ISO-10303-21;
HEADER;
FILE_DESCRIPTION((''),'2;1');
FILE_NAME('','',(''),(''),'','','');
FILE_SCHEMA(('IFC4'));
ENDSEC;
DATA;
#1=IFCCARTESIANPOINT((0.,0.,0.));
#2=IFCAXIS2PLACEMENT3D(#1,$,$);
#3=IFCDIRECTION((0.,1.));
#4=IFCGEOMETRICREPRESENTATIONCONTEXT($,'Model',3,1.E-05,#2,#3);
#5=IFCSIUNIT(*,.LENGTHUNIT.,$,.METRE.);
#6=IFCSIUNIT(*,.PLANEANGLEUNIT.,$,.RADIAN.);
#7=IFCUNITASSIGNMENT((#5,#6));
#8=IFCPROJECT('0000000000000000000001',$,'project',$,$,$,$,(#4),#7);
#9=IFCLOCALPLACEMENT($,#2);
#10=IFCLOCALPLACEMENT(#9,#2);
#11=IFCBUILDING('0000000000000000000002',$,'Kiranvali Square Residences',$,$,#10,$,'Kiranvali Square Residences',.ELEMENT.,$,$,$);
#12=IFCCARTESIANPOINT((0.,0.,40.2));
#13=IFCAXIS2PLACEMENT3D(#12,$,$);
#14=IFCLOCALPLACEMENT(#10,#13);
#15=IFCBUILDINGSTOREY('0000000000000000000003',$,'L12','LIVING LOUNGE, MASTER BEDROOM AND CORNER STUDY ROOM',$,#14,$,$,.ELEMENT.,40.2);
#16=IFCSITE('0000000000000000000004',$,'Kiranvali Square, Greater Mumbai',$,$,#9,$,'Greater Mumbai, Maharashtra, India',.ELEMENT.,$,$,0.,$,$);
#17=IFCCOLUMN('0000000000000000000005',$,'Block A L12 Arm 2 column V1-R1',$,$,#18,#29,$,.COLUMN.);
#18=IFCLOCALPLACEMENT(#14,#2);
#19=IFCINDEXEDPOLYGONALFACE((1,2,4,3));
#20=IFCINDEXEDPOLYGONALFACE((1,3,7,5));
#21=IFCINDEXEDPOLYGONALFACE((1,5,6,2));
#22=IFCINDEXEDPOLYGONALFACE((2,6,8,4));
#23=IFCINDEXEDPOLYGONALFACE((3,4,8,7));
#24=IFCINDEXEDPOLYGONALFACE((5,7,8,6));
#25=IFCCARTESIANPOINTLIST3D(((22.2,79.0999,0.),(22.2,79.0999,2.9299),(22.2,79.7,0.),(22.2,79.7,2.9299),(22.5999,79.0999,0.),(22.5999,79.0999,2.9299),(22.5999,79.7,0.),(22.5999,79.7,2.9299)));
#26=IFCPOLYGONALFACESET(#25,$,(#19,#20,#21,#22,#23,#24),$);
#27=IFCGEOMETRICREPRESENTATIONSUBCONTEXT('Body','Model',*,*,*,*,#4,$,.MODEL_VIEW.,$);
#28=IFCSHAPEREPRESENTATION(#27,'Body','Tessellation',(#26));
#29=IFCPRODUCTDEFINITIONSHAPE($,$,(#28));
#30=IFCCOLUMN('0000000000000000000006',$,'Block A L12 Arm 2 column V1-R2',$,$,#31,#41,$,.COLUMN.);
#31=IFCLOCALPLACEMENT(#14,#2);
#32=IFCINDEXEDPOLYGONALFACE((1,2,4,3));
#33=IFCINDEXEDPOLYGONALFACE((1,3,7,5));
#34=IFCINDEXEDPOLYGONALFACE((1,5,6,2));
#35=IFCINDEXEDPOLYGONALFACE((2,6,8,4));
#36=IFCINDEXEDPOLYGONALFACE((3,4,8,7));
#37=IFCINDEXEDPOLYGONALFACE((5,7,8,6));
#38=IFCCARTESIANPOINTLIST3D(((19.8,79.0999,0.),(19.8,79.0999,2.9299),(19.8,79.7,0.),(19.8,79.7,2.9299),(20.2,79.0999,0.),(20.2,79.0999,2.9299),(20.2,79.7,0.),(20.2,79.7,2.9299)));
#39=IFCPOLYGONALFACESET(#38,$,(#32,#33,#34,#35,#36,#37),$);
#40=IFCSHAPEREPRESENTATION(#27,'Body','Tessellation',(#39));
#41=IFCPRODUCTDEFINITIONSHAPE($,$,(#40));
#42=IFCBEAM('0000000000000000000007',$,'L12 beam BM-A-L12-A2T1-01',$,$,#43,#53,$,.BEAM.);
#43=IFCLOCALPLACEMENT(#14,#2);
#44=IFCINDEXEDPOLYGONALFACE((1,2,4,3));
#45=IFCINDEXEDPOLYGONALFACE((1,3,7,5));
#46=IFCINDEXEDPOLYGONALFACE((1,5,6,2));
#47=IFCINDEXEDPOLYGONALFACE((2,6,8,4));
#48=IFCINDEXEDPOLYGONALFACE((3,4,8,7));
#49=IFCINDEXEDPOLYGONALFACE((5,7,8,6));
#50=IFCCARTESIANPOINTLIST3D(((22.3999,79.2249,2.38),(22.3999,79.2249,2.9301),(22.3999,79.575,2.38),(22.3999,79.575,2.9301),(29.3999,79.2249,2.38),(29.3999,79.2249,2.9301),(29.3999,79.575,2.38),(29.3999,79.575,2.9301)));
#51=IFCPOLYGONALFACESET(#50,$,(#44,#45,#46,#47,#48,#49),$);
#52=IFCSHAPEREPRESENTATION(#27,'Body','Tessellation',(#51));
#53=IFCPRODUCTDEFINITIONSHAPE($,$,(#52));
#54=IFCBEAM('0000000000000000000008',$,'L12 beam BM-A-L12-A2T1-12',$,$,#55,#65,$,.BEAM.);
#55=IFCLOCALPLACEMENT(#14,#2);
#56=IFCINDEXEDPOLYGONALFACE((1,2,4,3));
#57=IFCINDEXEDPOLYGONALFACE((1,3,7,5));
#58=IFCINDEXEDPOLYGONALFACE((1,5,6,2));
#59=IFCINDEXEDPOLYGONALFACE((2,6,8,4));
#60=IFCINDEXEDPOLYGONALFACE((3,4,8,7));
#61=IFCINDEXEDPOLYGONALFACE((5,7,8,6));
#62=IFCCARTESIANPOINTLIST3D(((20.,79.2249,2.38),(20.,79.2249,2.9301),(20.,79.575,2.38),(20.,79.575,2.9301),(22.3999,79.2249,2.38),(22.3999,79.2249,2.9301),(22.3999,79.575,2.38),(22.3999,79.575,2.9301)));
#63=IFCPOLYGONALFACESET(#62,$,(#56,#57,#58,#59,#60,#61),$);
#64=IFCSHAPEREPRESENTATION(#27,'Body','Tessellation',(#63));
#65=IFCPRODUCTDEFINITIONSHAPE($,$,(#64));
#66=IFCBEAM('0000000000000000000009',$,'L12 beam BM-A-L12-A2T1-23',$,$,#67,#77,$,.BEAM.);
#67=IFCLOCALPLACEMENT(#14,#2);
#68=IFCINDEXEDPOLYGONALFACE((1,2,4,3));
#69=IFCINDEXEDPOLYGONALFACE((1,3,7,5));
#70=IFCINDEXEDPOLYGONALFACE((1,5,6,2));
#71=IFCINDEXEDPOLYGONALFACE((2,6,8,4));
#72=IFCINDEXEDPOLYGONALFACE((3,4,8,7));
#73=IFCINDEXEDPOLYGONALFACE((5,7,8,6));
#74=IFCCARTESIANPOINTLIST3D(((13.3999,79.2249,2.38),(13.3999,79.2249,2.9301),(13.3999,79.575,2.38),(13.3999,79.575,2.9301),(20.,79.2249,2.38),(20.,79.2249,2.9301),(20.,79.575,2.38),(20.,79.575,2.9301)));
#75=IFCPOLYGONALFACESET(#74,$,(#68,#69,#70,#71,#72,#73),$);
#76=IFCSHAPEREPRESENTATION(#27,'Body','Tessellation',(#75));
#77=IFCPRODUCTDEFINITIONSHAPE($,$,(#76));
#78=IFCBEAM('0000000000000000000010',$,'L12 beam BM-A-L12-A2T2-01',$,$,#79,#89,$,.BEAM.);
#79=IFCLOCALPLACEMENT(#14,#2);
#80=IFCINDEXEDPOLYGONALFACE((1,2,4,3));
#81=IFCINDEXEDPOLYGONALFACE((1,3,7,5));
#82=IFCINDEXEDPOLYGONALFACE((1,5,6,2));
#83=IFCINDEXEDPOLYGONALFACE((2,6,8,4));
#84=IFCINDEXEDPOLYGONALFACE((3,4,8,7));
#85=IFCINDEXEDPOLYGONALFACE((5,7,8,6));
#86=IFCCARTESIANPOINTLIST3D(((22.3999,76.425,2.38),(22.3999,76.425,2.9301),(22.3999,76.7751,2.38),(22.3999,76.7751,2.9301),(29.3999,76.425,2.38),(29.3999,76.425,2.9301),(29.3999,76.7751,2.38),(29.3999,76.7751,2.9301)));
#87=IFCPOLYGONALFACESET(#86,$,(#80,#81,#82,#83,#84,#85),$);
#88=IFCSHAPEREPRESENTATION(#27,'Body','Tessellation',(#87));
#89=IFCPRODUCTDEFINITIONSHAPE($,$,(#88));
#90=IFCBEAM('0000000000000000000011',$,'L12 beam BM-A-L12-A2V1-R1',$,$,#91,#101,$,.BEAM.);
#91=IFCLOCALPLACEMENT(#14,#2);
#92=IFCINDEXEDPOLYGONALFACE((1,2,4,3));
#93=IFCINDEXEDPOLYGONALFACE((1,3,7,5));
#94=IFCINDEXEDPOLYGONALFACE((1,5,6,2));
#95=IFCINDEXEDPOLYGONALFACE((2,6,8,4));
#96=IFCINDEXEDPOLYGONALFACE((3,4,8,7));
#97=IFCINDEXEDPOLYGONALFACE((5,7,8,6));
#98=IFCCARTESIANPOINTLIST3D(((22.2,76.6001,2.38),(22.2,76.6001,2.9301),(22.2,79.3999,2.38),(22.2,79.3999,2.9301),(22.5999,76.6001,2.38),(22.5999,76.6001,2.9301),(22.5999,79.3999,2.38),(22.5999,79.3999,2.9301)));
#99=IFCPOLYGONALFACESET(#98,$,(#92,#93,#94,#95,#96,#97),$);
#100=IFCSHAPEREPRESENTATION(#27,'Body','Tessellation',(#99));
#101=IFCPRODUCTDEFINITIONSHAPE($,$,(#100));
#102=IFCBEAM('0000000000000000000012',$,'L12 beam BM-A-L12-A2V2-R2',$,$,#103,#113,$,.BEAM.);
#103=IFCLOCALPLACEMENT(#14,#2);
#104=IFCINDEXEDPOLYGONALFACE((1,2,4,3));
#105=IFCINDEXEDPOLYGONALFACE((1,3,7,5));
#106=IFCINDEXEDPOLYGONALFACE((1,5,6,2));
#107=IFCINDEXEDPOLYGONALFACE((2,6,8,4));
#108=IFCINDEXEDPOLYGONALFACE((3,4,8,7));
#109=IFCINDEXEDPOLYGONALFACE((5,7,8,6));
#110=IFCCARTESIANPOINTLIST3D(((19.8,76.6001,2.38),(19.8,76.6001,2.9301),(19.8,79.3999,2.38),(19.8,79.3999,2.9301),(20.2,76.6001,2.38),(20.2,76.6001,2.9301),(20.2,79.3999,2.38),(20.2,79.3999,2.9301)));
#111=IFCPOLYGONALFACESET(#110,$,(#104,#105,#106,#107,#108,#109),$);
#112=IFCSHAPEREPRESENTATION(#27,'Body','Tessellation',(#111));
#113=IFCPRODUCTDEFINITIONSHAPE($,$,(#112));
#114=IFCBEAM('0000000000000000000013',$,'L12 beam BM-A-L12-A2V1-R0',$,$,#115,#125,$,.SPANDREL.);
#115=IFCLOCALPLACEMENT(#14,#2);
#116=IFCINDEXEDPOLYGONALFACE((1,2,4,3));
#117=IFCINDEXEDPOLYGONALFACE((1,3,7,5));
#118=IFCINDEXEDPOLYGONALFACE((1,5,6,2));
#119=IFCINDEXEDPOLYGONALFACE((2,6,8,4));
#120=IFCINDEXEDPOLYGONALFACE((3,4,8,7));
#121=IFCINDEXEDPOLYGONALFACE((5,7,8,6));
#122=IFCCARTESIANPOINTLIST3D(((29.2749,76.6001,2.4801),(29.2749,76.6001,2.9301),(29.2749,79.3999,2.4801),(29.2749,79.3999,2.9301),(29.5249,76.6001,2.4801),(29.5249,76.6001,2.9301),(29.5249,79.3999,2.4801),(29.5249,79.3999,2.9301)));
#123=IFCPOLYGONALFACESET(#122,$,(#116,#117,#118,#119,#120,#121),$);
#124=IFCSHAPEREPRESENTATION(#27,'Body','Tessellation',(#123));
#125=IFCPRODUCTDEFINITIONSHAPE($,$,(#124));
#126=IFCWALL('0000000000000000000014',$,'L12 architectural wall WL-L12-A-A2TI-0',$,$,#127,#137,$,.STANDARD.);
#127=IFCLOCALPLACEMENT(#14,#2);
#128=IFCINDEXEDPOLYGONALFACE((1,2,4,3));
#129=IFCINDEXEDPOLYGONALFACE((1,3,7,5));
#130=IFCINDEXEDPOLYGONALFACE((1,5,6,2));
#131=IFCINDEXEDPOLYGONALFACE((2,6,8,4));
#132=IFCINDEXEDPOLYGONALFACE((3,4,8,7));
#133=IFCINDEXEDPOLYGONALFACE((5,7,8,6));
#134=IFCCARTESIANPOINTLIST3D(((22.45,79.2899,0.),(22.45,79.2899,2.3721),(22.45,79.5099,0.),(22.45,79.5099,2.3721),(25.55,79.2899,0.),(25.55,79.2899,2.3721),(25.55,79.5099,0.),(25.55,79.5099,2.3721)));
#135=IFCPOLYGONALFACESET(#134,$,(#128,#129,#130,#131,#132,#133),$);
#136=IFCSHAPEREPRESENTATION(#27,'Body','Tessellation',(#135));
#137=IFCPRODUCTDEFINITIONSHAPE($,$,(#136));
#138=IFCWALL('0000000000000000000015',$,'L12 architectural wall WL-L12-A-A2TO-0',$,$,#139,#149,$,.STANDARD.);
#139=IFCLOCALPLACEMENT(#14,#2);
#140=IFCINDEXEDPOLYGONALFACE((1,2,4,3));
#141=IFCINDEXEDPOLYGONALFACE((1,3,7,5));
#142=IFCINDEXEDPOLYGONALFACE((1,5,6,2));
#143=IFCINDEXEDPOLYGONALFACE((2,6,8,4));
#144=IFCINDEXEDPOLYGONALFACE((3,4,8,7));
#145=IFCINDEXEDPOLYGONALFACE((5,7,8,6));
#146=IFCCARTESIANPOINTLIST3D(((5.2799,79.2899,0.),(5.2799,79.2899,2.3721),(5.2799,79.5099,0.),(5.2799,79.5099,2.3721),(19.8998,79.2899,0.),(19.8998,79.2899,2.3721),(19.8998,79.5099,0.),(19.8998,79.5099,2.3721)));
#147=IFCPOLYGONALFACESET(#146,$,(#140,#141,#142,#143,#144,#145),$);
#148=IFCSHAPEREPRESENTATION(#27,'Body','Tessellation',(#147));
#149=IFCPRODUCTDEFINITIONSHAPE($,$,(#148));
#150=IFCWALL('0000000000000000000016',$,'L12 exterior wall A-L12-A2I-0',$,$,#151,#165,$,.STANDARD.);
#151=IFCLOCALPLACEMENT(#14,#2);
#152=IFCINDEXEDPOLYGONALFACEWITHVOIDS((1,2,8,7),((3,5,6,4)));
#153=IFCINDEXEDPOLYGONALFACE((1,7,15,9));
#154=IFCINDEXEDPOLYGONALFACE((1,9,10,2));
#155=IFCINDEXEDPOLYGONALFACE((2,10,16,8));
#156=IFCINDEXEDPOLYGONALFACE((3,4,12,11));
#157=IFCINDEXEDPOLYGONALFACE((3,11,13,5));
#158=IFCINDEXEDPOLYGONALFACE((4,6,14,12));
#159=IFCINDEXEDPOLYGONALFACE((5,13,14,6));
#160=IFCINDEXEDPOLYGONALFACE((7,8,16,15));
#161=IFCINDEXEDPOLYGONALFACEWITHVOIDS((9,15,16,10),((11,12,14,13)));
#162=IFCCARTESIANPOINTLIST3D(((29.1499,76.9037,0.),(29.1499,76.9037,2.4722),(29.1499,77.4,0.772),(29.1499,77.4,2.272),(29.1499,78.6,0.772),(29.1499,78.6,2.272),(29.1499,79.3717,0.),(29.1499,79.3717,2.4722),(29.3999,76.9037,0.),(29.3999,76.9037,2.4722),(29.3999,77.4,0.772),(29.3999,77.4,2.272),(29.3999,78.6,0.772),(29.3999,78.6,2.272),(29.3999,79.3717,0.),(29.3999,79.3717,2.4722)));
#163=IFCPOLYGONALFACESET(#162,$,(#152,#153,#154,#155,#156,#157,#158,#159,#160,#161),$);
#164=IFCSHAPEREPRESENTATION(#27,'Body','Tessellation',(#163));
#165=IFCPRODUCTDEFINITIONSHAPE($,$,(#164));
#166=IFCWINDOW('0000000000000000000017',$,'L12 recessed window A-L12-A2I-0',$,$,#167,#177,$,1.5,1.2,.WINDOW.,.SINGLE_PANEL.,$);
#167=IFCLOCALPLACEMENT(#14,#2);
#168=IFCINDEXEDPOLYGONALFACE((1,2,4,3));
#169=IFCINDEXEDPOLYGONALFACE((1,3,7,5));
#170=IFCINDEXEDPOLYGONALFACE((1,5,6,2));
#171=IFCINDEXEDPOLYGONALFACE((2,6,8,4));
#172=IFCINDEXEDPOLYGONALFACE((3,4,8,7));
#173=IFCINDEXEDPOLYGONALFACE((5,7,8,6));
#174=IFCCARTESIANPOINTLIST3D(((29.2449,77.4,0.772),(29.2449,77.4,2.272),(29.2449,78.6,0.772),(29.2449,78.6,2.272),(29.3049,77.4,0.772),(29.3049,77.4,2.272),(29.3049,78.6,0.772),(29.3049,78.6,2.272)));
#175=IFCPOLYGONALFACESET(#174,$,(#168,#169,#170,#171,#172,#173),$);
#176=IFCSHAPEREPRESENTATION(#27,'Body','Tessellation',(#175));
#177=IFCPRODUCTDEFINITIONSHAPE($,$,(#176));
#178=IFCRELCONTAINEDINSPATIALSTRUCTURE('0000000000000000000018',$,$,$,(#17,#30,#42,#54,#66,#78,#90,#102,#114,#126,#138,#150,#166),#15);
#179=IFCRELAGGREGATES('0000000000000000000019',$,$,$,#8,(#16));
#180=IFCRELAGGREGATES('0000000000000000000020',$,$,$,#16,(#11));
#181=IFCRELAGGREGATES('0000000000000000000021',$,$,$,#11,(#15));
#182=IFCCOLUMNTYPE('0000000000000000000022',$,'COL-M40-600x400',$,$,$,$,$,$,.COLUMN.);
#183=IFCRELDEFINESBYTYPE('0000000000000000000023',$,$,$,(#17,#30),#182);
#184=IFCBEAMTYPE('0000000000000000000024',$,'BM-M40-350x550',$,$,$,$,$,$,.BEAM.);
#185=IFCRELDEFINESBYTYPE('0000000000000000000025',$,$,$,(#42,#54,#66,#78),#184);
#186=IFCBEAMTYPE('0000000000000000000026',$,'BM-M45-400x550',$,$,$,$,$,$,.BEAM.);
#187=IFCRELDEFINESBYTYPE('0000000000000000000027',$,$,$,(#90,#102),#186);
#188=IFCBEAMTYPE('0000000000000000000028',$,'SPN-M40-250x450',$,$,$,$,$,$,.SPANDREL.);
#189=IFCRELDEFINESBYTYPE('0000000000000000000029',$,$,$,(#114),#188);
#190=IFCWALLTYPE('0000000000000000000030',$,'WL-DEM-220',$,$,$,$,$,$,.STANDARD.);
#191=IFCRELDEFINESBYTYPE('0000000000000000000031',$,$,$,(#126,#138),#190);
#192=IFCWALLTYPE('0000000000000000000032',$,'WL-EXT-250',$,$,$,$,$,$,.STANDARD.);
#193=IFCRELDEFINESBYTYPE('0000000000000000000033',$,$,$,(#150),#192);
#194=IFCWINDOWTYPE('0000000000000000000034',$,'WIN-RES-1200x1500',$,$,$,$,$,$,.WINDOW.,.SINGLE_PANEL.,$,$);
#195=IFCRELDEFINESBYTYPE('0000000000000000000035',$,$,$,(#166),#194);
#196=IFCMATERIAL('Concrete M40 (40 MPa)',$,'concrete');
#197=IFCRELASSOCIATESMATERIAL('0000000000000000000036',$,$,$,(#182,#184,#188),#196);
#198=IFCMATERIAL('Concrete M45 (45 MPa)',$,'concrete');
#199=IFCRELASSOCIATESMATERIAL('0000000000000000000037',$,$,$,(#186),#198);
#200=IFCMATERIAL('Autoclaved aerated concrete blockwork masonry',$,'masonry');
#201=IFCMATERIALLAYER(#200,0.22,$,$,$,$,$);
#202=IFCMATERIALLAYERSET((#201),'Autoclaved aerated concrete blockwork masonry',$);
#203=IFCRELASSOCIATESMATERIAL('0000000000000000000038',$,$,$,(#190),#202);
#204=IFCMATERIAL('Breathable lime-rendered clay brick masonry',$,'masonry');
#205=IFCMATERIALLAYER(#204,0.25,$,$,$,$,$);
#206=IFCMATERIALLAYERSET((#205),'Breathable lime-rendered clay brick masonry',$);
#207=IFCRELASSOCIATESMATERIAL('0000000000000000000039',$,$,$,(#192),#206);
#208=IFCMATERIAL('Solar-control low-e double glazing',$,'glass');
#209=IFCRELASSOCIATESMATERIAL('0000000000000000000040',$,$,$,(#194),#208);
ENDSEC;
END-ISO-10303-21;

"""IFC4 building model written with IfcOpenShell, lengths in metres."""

from ifc_helpers import new_model, si_unit, direction, frame, frame_2d, origin, origin_2d, place, context, subcontext, project, spatial, rectangle, extrude, material, layer, layer_set, material_profile, profile_set, type_object, element, fill, save


model = new_model("IFC4")

# Units and contexts
model_context = context("Model", 3, precision=1e-05, world=origin(), true_north=direction((0.0, 1.0)))
body_context = subcontext(model_context, "Body", "Model", "MODEL_VIEW")
ifc_project = project(units=[si_unit("LENGTHUNIT", "METRE"), si_unit("PLANEANGLEUNIT", "RADIAN")], contexts=[model_context])

# Site, building, storey
site_placement = place(None, origin())
site = spatial("IfcSite", under=ifc_project, at=site_placement, Name="Kiranvali Square, Greater Mumbai", LongName="Greater Mumbai, Maharashtra, India", CompositionType="ELEMENT", RefElevation=0.0)
building_placement = place(site_placement, origin())
building = spatial("IfcBuilding", under=site, at=building_placement, Name="Kiranvali Square Residences", LongName="Kiranvali Square Residences", CompositionType="ELEMENT")
storey_placement = place(building_placement, frame((0.0, 0.0, 40.2)))
storey = spatial("IfcBuildingStorey", under=building, at=storey_placement, Name="L12", Description="LIVING LOUNGE, MASTER BEDROOM AND CORNER STUDY ROOM", CompositionType="ELEMENT", Elevation=40.2)

# Columns
ifc_material_1 = material(Name="Concrete M40 (40 MPa)", Category="concrete")
ifc_material_profile_1 = material_profile(ifc_material_1, rectangle(XDim=0.3999, YDim=0.6001, at=origin_2d()), Name="RC 600x400")
ifc_profile_set_1 = profile_set([ifc_material_profile_1], Name="Concrete M40 (40 MPa)")
column_type = type_object("IfcColumnType", Name="COL-M40-600x400", PredefinedType="COLUMN", material=ifc_profile_set_1)
for number, where, z_axis, x_axis, name in (
    (1, (22.3999, 79.3999, 0.0), (0.0, 0.0, 1.0), (1.0, 0.0, 0.0), "Block A L12 Arm 2 column V1-R1"),
    (2, (20.0, 79.3999, 0.0), (0.0, 0.0, 1.0), (1.0, 0.0, 0.0), "Block A L12 Arm 2 column V1-R2"),
):
    element("IfcColumn", number, at=place(storey_placement, frame(where, z_axis=z_axis, x_axis=x_axis)), inside=storey, type_object=column_type, Name=name, PredefinedType="COLUMN", context=body_context, shape_type="SweptSolid", body=[
        extrude(rectangle(XDim=0.3999, YDim=0.6001, at=origin_2d()), origin(), (0.0, 0.0, 1.0), 2.9299),
    ])

# Beams
ifc_material_profile_2 = material_profile(ifc_material_1, rectangle(XDim=0.3501, YDim=0.55, at=origin_2d()), Name="RC 350x550")
ifc_profile_set_2 = profile_set([ifc_material_profile_2], Name="Concrete M40 (40 MPa)")
beam_type_1 = type_object("IfcBeamType", Name="BM-M40-350x550", PredefinedType="BEAM", material=ifc_profile_set_2)
beam_1_placement = place(storey_placement, frame((29.3999, 79.3999, 2.655), z_axis=(-1.0, 0.0, 0.0), x_axis=(0.0, -1.0, 0.0)))
element("IfcBeam", 3, at=beam_1_placement, inside=storey, type_object=beam_type_1, Name="L12 beam BM-A-L12-A2T1-01", PredefinedType="BEAM", context=body_context, shape_type="SweptSolid", body=[
    extrude(rectangle(XDim=0.3501, YDim=0.55, at=origin_2d()), origin(), (0.0, 0.0, 1.0), 7.0),
])
beam_2_placement = place(storey_placement, frame((22.3999, 79.3999, 2.655), z_axis=(-1.0, 0.0, 0.0), x_axis=(0.0, -1.0, 0.0)))
element("IfcBeam", 4, at=beam_2_placement, inside=storey, type_object=beam_type_1, Name="L12 beam BM-A-L12-A2T1-12", PredefinedType="BEAM", context=body_context, shape_type="SweptSolid", body=[
    extrude(rectangle(XDim=0.3501, YDim=0.55, at=origin_2d()), origin(), (0.0, 0.0, 1.0), 2.3999),
])
beam_3_placement = place(storey_placement, frame((20.0, 79.3999, 2.655), z_axis=(-1.0, 0.0, 0.0), x_axis=(0.0, -1.0, 0.0)))
element("IfcBeam", 5, at=beam_3_placement, inside=storey, type_object=beam_type_1, Name="L12 beam BM-A-L12-A2T1-23", PredefinedType="BEAM", context=body_context, shape_type="SweptSolid", body=[
    extrude(rectangle(XDim=0.3501, YDim=0.55, at=origin_2d()), origin(), (0.0, 0.0, 1.0), 6.6001),
])
beam_4_placement = place(storey_placement, frame((29.3999, 76.6001, 2.655), z_axis=(-1.0, 0.0, 0.0), x_axis=(0.0, -1.0, 0.0)))
element("IfcBeam", 6, at=beam_4_placement, inside=storey, type_object=beam_type_1, Name="L12 beam BM-A-L12-A2T2-01", PredefinedType="BEAM", context=body_context, shape_type="SweptSolid", body=[
    extrude(rectangle(XDim=0.3501, YDim=0.55, at=origin_2d()), origin(), (0.0, 0.0, 1.0), 7.0),
])
ifc_material_2 = material(Name="Concrete M45 (45 MPa)", Category="concrete")
ifc_material_profile_3 = material_profile(ifc_material_2, rectangle(XDim=0.3999, YDim=0.55, at=origin_2d()), Name="RC 400x550")
ifc_profile_set_3 = profile_set([ifc_material_profile_3], Name="Concrete M45 (45 MPa)")
beam_type_2 = type_object("IfcBeamType", Name="BM-M45-400x550", PredefinedType="BEAM", material=ifc_profile_set_3)
for number, where, z_axis, x_axis, name in (
    (7, (22.3999, 79.3999, 2.655), (0.0, -1.0, 0.0), (1.0, 0.0, 0.0), "L12 beam BM-A-L12-A2V1-R1"),
    (8, (20.0, 79.3999, 2.655), (0.0, -1.0, 0.0), (1.0, 0.0, 0.0), "L12 beam BM-A-L12-A2V2-R2"),
):
    element("IfcBeam", number, at=place(storey_placement, frame(where, z_axis=z_axis, x_axis=x_axis)), inside=storey, type_object=beam_type_2, Name=name, PredefinedType="BEAM", context=body_context, shape_type="SweptSolid", body=[
        extrude(rectangle(XDim=0.3999, YDim=0.55, at=origin_2d()), origin(), (0.0, 0.0, 1.0), 2.7998),
    ])
ifc_material_profile_4 = material_profile(ifc_material_1, rectangle(XDim=0.25, YDim=0.45, at=origin_2d()), Name="RC 250x450")
ifc_profile_set_4 = profile_set([ifc_material_profile_4], Name="Concrete M40 (40 MPa)")
beam_type_3 = type_object("IfcBeamType", Name="SPN-M40-250x450", PredefinedType="SPANDREL", material=ifc_profile_set_4)
beam_5_placement = place(storey_placement, frame((29.3999, 79.3999, 2.7051), z_axis=(0.0, -1.0, 0.0), x_axis=(1.0, 0.0, 0.0)))
element("IfcBeam", 9, at=beam_5_placement, inside=storey, type_object=beam_type_3, Name="L12 beam BM-A-L12-A2V1-R0", PredefinedType="SPANDREL", context=body_context, shape_type="SweptSolid", body=[
    extrude(rectangle(XDim=0.25, YDim=0.45, at=origin_2d()), origin(), (0.0, 0.0, 1.0), 2.7998),
])

# Shared definitions
ifc_material_3 = material(Name="Autoclaved aerated concrete blockwork masonry", Category="masonry")

# Walls
ifc_layer_1 = layer(ifc_material_3, 0.22)
ifc_layer_set_1 = layer_set([ifc_layer_1], Name="Autoclaved aerated concrete blockwork masonry")
wall_type_1 = type_object("IfcWallType", Name="WL-DEM-220", PredefinedType="STANDARD", material=ifc_layer_set_1)
wall_1_placement = place(storey_placement, frame((25.55, 79.3999, 0.0), z_axis=(0.0, 0.0, 1.0), x_axis=(-1.0, 0.0, 0.0)))
element("IfcWall", 10, at=wall_1_placement, inside=storey, type_object=wall_type_1, Name="L12 architectural wall WL-L12-A-A2TI-0", PredefinedType="STANDARD", context=body_context, shape_type="SweptSolid", body=[
    extrude(rectangle(XDim=3.1001, YDim=0.22, at=frame_2d((1.55, 0.0))), origin(), (0.0, 0.0, 1.0), 2.3721),
])
wall_2_placement = place(storey_placement, frame((19.8999, 79.3999, 0.0), z_axis=(0.0, 0.0, 1.0), x_axis=(-1.0, 0.0, 0.0)))
element("IfcWall", 11, at=wall_2_placement, inside=storey, type_object=wall_type_1, Name="L12 architectural wall WL-L12-A-A2TO-0", PredefinedType="STANDARD", context=body_context, shape_type="SweptSolid", body=[
    extrude(rectangle(XDim=14.6199, YDim=0.22, at=frame_2d((7.3101, 0.0))), origin(), (0.0, 0.0, 1.0), 2.3721),
])

# Wall, opening, window
ifc_material_4 = material(Name="Breathable lime-rendered clay brick masonry", Category="masonry")
ifc_layer_2 = layer(ifc_material_4, 0.25)
ifc_layer_set_2 = layer_set([ifc_layer_2], Name="Breathable lime-rendered clay brick masonry")
wall_type_2 = type_object("IfcWallType", Name="WL-EXT-250", PredefinedType="STANDARD", material=ifc_layer_set_2)
wall_3_placement = place(storey_placement, frame((29.2749, 79.3716, 0.0), z_axis=(0.0, 0.0, 1.0), x_axis=(0.0, -1.0, 0.0)))
wall_3 = element("IfcWall", 12, at=wall_3_placement, inside=storey, type_object=wall_type_2, Name="L12 exterior wall A-L12-A2I-0", PredefinedType="STANDARD", context=body_context, shape_type="SweptSolid", body=[
    extrude(rectangle(XDim=2.468, YDim=0.25, at=frame_2d((1.2339, 0.0))), origin(), (0.0, 0.0, 1.0), 2.4722),
])
opening_1_placement = place(wall_3_placement, frame((0.7715, 0.0, 0.772)))
opening_1 = element("IfcOpeningElement", 13, at=opening_1_placement, cuts=wall_3, PredefinedType="OPENING", context=body_context, shape_type="SweptSolid", body=[
    extrude(rectangle(XDim=1.2, YDim=1.5, at=frame_2d((0.6001, 0.75))), frame((0.0, 0.135, 0.0), z_axis=(0.0, -1.0, 0.0), x_axis=(1.0, 0.0, 0.0)), (0.0, 0.0, 1.0), 0.27),
])
ifc_material_5 = material(Name="Solar-control low-e double glazing", Category="glass")
window_type_1 = type_object("IfcWindowType", Name="WIN-RES-1200x1500", PartitioningType="SINGLE_PANEL", PredefinedType="WINDOW", material=ifc_material_5)
window_1_placement = place(opening_1_placement, origin())
window_1 = element("IfcWindow", 14, at=window_1_placement, inside=storey, type_object=window_type_1, Name="L12 recessed window A-L12-A2I-0", OverallHeight=1.5, OverallWidth=1.2, PartitioningType="SINGLE_PANEL", PredefinedType="WINDOW", context=body_context, shape_type="SweptSolid", body=[
    extrude(rectangle(XDim=1.2, YDim=1.5, at=frame_2d((0.6001, 0.75))), frame((0.0, 0.03, 0.0), z_axis=(0.0, -1.0, 0.0), x_axis=(1.0, 0.0, 0.0)), (0.0, 0.0, 1.0), 0.0601),
])
fill(opening_1, window_1)

save(model, "model.ifc")
